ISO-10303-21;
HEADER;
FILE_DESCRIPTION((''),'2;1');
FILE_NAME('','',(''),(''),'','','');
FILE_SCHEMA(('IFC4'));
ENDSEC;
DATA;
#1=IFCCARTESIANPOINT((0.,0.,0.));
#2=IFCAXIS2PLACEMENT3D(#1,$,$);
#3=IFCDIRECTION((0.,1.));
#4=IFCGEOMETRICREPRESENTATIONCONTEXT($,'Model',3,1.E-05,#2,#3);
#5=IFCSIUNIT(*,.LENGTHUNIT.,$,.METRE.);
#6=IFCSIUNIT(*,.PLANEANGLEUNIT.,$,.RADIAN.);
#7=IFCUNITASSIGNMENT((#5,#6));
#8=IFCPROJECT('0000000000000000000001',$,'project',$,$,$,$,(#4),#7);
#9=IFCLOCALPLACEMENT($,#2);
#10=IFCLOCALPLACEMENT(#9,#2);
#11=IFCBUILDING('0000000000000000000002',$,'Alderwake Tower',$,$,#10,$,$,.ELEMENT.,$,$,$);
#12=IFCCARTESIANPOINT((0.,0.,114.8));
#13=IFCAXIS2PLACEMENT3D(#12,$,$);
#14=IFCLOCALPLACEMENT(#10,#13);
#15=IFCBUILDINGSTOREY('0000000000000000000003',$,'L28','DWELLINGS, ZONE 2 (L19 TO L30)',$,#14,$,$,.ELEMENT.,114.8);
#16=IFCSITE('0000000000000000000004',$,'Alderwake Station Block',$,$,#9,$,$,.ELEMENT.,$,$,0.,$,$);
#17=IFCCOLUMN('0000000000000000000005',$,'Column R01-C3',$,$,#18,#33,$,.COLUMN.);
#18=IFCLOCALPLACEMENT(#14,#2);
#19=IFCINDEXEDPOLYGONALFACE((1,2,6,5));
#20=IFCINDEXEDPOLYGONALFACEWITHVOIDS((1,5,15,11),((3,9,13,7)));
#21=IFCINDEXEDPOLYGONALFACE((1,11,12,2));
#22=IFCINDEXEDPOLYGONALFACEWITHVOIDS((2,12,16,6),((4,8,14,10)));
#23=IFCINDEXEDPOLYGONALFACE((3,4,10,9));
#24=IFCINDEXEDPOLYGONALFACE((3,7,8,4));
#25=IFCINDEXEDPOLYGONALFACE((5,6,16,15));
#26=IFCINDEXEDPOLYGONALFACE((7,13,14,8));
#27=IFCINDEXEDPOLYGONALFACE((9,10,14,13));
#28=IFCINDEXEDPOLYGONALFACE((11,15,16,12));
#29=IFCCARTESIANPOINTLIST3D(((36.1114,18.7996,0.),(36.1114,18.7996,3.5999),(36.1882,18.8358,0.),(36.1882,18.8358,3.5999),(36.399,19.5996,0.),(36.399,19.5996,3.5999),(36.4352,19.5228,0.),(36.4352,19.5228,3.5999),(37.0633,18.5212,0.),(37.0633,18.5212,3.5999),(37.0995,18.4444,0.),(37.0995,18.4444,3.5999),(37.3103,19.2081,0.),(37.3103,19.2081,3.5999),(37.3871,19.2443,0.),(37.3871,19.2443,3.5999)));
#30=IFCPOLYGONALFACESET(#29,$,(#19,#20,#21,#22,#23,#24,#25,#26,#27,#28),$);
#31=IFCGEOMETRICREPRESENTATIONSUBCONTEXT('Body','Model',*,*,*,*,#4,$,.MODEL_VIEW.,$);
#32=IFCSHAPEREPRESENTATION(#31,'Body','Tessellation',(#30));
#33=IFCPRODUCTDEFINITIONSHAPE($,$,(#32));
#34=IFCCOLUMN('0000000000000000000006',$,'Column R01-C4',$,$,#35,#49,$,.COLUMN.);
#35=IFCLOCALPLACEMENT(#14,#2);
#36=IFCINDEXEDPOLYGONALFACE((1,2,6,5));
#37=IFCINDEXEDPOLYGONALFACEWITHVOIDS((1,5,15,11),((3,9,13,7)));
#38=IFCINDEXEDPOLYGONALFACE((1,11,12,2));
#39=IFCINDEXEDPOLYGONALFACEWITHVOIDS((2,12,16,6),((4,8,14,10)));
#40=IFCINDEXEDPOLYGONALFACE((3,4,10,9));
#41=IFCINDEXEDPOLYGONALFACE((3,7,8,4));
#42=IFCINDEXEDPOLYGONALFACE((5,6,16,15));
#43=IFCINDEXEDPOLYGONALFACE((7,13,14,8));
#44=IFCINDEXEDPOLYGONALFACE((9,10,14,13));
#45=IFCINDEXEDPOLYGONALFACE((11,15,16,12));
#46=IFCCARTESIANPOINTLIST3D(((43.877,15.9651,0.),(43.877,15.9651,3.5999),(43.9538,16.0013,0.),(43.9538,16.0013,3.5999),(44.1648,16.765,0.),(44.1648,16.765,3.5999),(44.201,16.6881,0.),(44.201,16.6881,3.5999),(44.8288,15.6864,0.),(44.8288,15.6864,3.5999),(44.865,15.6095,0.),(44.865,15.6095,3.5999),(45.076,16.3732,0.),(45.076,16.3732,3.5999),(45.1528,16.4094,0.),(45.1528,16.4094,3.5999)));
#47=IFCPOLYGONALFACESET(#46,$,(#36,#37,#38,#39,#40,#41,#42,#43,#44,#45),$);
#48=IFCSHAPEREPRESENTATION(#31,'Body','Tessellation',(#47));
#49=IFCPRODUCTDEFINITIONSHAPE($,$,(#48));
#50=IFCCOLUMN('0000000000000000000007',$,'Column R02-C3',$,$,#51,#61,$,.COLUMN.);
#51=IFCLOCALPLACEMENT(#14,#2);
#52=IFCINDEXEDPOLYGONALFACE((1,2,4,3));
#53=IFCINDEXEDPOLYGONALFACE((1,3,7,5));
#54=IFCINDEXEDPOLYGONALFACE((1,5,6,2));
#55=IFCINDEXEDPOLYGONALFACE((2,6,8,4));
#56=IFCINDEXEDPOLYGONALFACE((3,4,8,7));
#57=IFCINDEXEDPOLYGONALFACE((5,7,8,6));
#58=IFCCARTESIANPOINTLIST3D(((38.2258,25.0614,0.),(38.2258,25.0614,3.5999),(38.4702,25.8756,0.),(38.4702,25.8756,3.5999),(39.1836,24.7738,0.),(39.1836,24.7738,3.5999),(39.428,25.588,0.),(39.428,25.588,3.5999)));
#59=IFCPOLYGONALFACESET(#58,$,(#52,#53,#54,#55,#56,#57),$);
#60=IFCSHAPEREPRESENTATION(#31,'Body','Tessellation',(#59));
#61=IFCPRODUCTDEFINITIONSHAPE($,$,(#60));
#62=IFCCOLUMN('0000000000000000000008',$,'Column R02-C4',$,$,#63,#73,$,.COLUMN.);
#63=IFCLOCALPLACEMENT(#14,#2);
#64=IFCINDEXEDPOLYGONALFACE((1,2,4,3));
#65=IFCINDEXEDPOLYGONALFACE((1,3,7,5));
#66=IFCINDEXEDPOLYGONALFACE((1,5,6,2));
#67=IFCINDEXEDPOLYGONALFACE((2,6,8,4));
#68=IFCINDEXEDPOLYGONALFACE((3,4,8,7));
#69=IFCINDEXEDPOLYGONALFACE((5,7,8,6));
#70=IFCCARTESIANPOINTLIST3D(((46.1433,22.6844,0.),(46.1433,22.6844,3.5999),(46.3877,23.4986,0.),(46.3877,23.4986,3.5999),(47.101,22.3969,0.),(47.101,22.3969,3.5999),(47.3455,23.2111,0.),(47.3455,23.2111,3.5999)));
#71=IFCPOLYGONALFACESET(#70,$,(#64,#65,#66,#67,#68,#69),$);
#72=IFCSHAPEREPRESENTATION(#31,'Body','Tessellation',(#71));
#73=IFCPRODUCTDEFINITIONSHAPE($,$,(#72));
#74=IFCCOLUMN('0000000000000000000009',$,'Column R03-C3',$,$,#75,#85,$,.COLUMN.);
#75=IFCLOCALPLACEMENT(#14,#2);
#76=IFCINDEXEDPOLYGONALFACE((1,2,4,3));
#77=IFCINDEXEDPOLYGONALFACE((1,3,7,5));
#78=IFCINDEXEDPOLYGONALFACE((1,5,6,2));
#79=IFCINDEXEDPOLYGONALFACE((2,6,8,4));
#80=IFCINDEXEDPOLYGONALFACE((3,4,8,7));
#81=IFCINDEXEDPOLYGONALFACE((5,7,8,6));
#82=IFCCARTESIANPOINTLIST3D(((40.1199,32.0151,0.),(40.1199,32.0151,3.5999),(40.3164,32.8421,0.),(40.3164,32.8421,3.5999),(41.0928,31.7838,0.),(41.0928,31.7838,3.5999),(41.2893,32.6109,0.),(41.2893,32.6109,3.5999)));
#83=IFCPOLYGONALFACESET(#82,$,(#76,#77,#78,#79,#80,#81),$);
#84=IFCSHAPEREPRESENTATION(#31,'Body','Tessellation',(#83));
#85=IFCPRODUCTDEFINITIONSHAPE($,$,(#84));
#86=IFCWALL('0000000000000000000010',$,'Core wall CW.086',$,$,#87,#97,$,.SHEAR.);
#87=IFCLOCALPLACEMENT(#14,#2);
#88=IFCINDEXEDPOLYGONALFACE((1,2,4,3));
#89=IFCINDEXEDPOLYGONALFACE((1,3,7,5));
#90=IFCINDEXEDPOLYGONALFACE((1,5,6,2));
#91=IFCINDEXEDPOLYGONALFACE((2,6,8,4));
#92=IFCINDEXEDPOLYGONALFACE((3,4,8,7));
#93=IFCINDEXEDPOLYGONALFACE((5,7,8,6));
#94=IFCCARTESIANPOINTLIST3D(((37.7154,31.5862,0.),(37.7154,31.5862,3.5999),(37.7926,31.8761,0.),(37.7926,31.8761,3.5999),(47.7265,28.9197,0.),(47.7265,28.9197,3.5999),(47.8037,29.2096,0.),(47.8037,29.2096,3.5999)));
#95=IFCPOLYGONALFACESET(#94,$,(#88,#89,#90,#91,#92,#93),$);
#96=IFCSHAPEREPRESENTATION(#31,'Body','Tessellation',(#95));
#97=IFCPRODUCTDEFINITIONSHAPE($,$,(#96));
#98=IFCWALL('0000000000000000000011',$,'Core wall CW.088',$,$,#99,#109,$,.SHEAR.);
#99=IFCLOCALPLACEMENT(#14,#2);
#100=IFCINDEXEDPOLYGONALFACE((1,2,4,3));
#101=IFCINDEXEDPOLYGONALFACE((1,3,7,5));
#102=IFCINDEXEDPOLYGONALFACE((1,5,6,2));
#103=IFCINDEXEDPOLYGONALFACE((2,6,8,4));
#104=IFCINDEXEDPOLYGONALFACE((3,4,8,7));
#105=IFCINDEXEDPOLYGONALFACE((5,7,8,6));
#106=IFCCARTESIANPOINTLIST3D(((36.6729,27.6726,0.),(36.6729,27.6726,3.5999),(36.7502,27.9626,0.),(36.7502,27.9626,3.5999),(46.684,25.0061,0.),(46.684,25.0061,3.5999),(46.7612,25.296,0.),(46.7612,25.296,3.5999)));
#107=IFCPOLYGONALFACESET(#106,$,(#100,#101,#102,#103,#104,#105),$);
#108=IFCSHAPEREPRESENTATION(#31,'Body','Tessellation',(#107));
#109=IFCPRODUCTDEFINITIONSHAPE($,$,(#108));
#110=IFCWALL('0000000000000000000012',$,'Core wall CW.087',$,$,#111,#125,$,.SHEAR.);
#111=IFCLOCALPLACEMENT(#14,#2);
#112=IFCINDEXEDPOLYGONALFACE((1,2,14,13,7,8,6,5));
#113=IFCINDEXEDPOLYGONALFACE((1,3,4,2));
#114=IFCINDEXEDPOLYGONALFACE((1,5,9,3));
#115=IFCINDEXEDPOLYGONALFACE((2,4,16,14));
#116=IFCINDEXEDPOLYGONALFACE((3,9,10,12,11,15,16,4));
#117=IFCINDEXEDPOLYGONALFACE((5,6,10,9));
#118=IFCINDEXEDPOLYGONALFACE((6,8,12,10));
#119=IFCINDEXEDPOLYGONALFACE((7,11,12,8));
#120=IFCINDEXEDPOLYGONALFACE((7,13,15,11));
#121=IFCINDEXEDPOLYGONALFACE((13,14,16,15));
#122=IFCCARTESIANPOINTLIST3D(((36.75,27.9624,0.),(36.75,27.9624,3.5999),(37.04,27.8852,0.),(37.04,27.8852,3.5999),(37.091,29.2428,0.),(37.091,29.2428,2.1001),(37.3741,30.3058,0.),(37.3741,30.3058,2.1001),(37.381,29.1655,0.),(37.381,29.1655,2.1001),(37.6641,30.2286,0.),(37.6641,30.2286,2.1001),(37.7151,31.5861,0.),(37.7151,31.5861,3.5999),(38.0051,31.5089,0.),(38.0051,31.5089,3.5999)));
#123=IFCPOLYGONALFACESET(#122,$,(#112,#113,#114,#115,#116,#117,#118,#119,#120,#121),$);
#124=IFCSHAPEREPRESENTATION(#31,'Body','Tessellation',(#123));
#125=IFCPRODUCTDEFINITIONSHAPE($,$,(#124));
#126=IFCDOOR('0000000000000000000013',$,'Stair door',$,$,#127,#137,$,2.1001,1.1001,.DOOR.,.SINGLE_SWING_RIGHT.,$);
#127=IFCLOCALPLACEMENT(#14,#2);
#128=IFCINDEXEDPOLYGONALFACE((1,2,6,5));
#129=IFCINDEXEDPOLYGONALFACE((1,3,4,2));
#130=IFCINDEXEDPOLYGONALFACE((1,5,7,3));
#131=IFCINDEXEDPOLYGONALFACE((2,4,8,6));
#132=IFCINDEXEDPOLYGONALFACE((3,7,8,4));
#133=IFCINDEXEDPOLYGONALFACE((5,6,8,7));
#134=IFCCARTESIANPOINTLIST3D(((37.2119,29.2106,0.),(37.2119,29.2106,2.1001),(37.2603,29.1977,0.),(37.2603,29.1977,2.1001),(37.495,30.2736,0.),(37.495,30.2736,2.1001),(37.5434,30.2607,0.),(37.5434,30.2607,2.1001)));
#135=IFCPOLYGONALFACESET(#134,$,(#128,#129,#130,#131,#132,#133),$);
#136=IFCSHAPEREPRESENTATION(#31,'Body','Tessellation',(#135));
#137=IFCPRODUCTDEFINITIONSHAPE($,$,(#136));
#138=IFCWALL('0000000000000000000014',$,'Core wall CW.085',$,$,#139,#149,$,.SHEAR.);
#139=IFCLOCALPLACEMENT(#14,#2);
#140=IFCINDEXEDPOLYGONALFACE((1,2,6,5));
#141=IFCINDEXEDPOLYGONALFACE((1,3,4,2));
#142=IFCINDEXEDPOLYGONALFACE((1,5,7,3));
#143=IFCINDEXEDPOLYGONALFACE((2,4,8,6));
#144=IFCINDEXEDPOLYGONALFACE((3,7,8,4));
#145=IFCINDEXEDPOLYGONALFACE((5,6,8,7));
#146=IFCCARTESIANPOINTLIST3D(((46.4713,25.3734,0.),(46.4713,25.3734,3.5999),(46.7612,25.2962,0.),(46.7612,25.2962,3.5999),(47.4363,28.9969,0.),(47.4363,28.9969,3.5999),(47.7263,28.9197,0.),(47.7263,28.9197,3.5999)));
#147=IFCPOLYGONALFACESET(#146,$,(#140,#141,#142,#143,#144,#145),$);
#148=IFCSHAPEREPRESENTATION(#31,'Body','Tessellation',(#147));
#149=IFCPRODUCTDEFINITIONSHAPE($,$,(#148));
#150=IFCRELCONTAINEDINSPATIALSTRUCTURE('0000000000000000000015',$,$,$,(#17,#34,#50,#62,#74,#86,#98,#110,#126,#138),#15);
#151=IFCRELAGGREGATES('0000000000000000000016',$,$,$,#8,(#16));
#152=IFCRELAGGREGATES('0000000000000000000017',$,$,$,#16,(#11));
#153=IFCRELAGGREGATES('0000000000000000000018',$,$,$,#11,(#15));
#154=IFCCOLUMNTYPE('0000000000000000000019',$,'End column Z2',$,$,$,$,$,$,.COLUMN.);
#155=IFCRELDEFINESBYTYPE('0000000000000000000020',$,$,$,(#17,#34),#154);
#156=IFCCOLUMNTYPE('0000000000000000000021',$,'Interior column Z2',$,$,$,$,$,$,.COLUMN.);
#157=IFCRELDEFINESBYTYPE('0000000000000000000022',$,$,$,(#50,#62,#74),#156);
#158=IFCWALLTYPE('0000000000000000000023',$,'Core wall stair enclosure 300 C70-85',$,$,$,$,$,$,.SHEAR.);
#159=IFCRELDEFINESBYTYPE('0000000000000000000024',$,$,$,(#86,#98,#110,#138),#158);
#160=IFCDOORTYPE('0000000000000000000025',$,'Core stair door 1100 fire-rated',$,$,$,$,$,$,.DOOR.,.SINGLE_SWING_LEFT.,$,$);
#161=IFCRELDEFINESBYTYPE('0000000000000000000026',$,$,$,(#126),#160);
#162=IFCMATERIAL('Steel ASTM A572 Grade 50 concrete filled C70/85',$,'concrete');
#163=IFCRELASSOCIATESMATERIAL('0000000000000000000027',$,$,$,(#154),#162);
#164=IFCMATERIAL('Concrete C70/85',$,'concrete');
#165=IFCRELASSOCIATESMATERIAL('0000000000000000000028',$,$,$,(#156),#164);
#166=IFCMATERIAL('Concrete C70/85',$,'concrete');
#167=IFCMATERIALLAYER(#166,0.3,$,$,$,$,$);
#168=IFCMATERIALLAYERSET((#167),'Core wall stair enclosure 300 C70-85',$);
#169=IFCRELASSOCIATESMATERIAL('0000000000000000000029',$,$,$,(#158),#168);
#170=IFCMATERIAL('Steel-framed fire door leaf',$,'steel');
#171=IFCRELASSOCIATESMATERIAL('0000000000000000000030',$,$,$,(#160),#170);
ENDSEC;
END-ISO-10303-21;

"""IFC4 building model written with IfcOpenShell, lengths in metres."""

from ifc_helpers import new_model, si_unit, direction, frame, frame_2d, origin, origin_2d, place, context, subcontext, project, spatial, rectangle, hollow_rectangle, extrude, material, layer, layer_set, material_profile, profile_set, type_object, element, fill, save


model = new_model("IFC4")

# Units and contexts
model_context = context("Model", 3, precision=1e-05, world=origin(), true_north=direction((0.0, 1.0)))
body_context = subcontext(model_context, "Body", "Model", "MODEL_VIEW")
ifc_project = project(units=[si_unit("LENGTHUNIT", "METRE"), si_unit("PLANEANGLEUNIT", "RADIAN")], contexts=[model_context])

# Site, building, storey
site_placement = place(None, origin())
site = spatial("IfcSite", under=ifc_project, at=site_placement, Name="Alderwake Station Block", CompositionType="ELEMENT", RefElevation=0.0)
building_placement = place(site_placement, origin())
building = spatial("IfcBuilding", under=site, at=building_placement, Name="Alderwake Tower", CompositionType="ELEMENT")
storey_placement = place(building_placement, frame((0.0, 0.0, 114.8)))
storey = spatial("IfcBuildingStorey", under=building, at=storey_placement, Name="L28", Description="DWELLINGS, ZONE 2 (L19 TO L30)", CompositionType="ELEMENT", Elevation=114.8)

# Columns
ifc_material_1 = material(Name="Steel ASTM A572 Grade 50 concrete filled C70/85", Category="concrete")
ifc_material_profile_1 = material_profile(ifc_material_1, hollow_rectangle(XDim=0.8501, YDim=1.05, WallThickness=0.0601, at=origin_2d()), Name="BOX 1050X850X60")
ifc_profile_set_1 = profile_set([ifc_material_profile_1], Name="Steel ASTM A572 Grade 50 concrete filled C70/85")
column_type_1 = type_object("IfcColumnType", Name="End column Z2", PredefinedType="COLUMN", material=ifc_profile_set_1)
for number, where, z_axis, x_axis, name in (
    (1, (36.7493, 19.022, 0.0), (0.0, 0.0, 1.0), (0.338352, 0.94102, 0.0), "Column R01-C3"),
    (2, (44.5149, 16.1873, 0.0), (0.0, 0.0, 1.0), (0.338634, 0.940918, 0.0), "Column R01-C4"),
):
    element("IfcColumn", number, at=place(storey_placement, frame(where, z_axis=z_axis, x_axis=x_axis)), inside=storey, type_object=column_type_1, Name=name, PredefinedType="COLUMN", context=body_context, shape_type="SweptSolid", body=[
        extrude(hollow_rectangle(XDim=0.8501, YDim=1.05, WallThickness=0.0601, at=origin_2d()), origin(), (0.0, 0.0, 1.0), 3.5999),
    ])
ifc_material_2 = material(Name="Concrete C70/85", Category="concrete")
ifc_material_profile_2 = material_profile(ifc_material_2, rectangle(XDim=0.8501, YDim=1.0, at=origin_2d()), Name="RC 1000X850")
ifc_profile_set_2 = profile_set([ifc_material_profile_2], Name="Concrete C70/85")
column_type_2 = type_object("IfcColumnType", Name="Interior column Z2", PredefinedType="COLUMN", material=ifc_profile_set_2)
for number, where, z_axis, x_axis, name in (
    (3, (38.8269, 25.3247, 0.0), (0.0, 0.0, 1.0), (0.287548, 0.957766, 0.0), "Column R02-C3"),
    (4, (46.7444, 22.9478, 0.0), (0.0, 0.0, 1.0), (0.287549, 0.957766, 0.0), "Column R02-C4"),
    (5, (40.7046, 32.313, 0.0), (0.0, 0.0, 1.0), (0.231222, 0.972901, 0.0), "Column R03-C3"),
):
    element("IfcColumn", number, at=place(storey_placement, frame(where, z_axis=z_axis, x_axis=x_axis)), inside=storey, type_object=column_type_2, Name=name, PredefinedType="COLUMN", context=body_context, shape_type="SweptSolid", body=[
        extrude(rectangle(XDim=0.8501, YDim=1.0, at=origin_2d()), origin(), (0.0, 0.0, 1.0), 3.5999),
    ])

# Walls
ifc_material_3 = material(Name="Concrete C70/85", Category="concrete")
ifc_layer_1 = layer(ifc_material_3, 0.3)
ifc_layer_set_1 = layer_set([ifc_layer_1], Name="Core wall stair enclosure 300 C70-85")
wall_type_1 = type_object("IfcWallType", Name="Core wall stair enclosure 300 C70-85", PredefinedType="SHEAR", material=ifc_layer_set_1)
for number, where, z_axis, x_axis, name in (
    (6, (37.7539, 31.7312, 0.0), (0.0, 0.0, 1.0), (0.966309, -0.257384, 0.0), "Core wall CW.086"),
    (7, (36.7114, 27.8176, 0.0), (0.0, 0.0, 1.0), (0.966309, -0.257384, 0.0), "Core wall CW.088"),
):
    element("IfcWall", number, at=place(storey_placement, frame(where, z_axis=z_axis, x_axis=x_axis)), inside=storey, type_object=wall_type_1, Name=name, PredefinedType="SHEAR", context=body_context, shape_type="SweptSolid", body=[
        extrude(rectangle(XDim=10.3601, YDim=0.3, at=frame_2d((5.1802, 0.0))), origin(), (0.0, 0.0, 1.0), 3.5999),
    ])

# Wall, opening, door
wall_1_placement = place(storey_placement, frame((36.895, 27.9238, 0.0), z_axis=(0.0, 0.0, 1.0), x_axis=(0.257351, 0.966318, 0.0)))
wall_1 = element("IfcWall", 8, at=wall_1_placement, inside=storey, type_object=wall_type_1, Name="Core wall CW.087", PredefinedType="SHEAR", context=body_context, shape_type="SweptSolid", body=[
    extrude(rectangle(XDim=3.75, YDim=0.3, at=frame_2d((1.875, 0.0))), origin(), (0.0, 0.0, 1.0), 3.5999),
])
opening_1_placement = place(wall_1_placement, frame((1.325, 0.0, 0.0)))
opening_1 = element("IfcOpeningElement", 9, at=opening_1_placement, cuts=wall_1, PredefinedType="OPENING", context=body_context, shape_type="SweptSolid", body=[
    extrude(rectangle(XDim=1.1001, YDim=2.1001, at=frame_2d((0.55, 1.05))), frame((0.0, 0.1599, 0.0), z_axis=(0.0, -1.0, 0.0), x_axis=(1.0, 0.0, 0.0)), (0.0, 0.0, 1.0), 0.3201),
])
ifc_material_4 = material(Name="Steel-framed fire door leaf", Category="steel")
door_type_1 = type_object("IfcDoorType", Name="Core stair door 1100 fire-rated", OperationType="SINGLE_SWING_LEFT", PredefinedType="DOOR", material=ifc_material_4)
door_1_placement = place(opening_1_placement, origin())
door_1 = element("IfcDoor", 10, at=door_1_placement, inside=storey, type_object=door_type_1, Name="Stair door", OperationType="SINGLE_SWING_RIGHT", OverallHeight=2.1001, OverallWidth=1.1001, PredefinedType="DOOR", context=body_context, shape_type="SweptSolid", body=[
    extrude(rectangle(XDim=1.1001, YDim=2.1001, at=frame_2d((0.55, 1.05))), frame((0.0, 0.0249, 0.0), z_axis=(0.0, -1.0, 0.0), x_axis=(1.0, 0.0, 0.0)), (0.0, 0.0, 1.0), 0.05),
])
fill(opening_1, door_1)

# Wall
wall_2_placement = place(storey_placement, frame((46.6162, 25.3347, 0.0), z_axis=(0.0, 0.0, 1.0), x_axis=(0.257367, 0.966314, 0.0)))
element("IfcWall", 11, at=wall_2_placement, inside=storey, type_object=wall_type_1, Name="Core wall CW.085", PredefinedType="SHEAR", context=body_context, shape_type="SweptSolid", body=[
    extrude(rectangle(XDim=3.7498, YDim=0.3, at=frame_2d((1.875, 0.0))), origin(), (0.0, 0.0, 1.0), 3.5999),
])

save(model, "model.ifc")
